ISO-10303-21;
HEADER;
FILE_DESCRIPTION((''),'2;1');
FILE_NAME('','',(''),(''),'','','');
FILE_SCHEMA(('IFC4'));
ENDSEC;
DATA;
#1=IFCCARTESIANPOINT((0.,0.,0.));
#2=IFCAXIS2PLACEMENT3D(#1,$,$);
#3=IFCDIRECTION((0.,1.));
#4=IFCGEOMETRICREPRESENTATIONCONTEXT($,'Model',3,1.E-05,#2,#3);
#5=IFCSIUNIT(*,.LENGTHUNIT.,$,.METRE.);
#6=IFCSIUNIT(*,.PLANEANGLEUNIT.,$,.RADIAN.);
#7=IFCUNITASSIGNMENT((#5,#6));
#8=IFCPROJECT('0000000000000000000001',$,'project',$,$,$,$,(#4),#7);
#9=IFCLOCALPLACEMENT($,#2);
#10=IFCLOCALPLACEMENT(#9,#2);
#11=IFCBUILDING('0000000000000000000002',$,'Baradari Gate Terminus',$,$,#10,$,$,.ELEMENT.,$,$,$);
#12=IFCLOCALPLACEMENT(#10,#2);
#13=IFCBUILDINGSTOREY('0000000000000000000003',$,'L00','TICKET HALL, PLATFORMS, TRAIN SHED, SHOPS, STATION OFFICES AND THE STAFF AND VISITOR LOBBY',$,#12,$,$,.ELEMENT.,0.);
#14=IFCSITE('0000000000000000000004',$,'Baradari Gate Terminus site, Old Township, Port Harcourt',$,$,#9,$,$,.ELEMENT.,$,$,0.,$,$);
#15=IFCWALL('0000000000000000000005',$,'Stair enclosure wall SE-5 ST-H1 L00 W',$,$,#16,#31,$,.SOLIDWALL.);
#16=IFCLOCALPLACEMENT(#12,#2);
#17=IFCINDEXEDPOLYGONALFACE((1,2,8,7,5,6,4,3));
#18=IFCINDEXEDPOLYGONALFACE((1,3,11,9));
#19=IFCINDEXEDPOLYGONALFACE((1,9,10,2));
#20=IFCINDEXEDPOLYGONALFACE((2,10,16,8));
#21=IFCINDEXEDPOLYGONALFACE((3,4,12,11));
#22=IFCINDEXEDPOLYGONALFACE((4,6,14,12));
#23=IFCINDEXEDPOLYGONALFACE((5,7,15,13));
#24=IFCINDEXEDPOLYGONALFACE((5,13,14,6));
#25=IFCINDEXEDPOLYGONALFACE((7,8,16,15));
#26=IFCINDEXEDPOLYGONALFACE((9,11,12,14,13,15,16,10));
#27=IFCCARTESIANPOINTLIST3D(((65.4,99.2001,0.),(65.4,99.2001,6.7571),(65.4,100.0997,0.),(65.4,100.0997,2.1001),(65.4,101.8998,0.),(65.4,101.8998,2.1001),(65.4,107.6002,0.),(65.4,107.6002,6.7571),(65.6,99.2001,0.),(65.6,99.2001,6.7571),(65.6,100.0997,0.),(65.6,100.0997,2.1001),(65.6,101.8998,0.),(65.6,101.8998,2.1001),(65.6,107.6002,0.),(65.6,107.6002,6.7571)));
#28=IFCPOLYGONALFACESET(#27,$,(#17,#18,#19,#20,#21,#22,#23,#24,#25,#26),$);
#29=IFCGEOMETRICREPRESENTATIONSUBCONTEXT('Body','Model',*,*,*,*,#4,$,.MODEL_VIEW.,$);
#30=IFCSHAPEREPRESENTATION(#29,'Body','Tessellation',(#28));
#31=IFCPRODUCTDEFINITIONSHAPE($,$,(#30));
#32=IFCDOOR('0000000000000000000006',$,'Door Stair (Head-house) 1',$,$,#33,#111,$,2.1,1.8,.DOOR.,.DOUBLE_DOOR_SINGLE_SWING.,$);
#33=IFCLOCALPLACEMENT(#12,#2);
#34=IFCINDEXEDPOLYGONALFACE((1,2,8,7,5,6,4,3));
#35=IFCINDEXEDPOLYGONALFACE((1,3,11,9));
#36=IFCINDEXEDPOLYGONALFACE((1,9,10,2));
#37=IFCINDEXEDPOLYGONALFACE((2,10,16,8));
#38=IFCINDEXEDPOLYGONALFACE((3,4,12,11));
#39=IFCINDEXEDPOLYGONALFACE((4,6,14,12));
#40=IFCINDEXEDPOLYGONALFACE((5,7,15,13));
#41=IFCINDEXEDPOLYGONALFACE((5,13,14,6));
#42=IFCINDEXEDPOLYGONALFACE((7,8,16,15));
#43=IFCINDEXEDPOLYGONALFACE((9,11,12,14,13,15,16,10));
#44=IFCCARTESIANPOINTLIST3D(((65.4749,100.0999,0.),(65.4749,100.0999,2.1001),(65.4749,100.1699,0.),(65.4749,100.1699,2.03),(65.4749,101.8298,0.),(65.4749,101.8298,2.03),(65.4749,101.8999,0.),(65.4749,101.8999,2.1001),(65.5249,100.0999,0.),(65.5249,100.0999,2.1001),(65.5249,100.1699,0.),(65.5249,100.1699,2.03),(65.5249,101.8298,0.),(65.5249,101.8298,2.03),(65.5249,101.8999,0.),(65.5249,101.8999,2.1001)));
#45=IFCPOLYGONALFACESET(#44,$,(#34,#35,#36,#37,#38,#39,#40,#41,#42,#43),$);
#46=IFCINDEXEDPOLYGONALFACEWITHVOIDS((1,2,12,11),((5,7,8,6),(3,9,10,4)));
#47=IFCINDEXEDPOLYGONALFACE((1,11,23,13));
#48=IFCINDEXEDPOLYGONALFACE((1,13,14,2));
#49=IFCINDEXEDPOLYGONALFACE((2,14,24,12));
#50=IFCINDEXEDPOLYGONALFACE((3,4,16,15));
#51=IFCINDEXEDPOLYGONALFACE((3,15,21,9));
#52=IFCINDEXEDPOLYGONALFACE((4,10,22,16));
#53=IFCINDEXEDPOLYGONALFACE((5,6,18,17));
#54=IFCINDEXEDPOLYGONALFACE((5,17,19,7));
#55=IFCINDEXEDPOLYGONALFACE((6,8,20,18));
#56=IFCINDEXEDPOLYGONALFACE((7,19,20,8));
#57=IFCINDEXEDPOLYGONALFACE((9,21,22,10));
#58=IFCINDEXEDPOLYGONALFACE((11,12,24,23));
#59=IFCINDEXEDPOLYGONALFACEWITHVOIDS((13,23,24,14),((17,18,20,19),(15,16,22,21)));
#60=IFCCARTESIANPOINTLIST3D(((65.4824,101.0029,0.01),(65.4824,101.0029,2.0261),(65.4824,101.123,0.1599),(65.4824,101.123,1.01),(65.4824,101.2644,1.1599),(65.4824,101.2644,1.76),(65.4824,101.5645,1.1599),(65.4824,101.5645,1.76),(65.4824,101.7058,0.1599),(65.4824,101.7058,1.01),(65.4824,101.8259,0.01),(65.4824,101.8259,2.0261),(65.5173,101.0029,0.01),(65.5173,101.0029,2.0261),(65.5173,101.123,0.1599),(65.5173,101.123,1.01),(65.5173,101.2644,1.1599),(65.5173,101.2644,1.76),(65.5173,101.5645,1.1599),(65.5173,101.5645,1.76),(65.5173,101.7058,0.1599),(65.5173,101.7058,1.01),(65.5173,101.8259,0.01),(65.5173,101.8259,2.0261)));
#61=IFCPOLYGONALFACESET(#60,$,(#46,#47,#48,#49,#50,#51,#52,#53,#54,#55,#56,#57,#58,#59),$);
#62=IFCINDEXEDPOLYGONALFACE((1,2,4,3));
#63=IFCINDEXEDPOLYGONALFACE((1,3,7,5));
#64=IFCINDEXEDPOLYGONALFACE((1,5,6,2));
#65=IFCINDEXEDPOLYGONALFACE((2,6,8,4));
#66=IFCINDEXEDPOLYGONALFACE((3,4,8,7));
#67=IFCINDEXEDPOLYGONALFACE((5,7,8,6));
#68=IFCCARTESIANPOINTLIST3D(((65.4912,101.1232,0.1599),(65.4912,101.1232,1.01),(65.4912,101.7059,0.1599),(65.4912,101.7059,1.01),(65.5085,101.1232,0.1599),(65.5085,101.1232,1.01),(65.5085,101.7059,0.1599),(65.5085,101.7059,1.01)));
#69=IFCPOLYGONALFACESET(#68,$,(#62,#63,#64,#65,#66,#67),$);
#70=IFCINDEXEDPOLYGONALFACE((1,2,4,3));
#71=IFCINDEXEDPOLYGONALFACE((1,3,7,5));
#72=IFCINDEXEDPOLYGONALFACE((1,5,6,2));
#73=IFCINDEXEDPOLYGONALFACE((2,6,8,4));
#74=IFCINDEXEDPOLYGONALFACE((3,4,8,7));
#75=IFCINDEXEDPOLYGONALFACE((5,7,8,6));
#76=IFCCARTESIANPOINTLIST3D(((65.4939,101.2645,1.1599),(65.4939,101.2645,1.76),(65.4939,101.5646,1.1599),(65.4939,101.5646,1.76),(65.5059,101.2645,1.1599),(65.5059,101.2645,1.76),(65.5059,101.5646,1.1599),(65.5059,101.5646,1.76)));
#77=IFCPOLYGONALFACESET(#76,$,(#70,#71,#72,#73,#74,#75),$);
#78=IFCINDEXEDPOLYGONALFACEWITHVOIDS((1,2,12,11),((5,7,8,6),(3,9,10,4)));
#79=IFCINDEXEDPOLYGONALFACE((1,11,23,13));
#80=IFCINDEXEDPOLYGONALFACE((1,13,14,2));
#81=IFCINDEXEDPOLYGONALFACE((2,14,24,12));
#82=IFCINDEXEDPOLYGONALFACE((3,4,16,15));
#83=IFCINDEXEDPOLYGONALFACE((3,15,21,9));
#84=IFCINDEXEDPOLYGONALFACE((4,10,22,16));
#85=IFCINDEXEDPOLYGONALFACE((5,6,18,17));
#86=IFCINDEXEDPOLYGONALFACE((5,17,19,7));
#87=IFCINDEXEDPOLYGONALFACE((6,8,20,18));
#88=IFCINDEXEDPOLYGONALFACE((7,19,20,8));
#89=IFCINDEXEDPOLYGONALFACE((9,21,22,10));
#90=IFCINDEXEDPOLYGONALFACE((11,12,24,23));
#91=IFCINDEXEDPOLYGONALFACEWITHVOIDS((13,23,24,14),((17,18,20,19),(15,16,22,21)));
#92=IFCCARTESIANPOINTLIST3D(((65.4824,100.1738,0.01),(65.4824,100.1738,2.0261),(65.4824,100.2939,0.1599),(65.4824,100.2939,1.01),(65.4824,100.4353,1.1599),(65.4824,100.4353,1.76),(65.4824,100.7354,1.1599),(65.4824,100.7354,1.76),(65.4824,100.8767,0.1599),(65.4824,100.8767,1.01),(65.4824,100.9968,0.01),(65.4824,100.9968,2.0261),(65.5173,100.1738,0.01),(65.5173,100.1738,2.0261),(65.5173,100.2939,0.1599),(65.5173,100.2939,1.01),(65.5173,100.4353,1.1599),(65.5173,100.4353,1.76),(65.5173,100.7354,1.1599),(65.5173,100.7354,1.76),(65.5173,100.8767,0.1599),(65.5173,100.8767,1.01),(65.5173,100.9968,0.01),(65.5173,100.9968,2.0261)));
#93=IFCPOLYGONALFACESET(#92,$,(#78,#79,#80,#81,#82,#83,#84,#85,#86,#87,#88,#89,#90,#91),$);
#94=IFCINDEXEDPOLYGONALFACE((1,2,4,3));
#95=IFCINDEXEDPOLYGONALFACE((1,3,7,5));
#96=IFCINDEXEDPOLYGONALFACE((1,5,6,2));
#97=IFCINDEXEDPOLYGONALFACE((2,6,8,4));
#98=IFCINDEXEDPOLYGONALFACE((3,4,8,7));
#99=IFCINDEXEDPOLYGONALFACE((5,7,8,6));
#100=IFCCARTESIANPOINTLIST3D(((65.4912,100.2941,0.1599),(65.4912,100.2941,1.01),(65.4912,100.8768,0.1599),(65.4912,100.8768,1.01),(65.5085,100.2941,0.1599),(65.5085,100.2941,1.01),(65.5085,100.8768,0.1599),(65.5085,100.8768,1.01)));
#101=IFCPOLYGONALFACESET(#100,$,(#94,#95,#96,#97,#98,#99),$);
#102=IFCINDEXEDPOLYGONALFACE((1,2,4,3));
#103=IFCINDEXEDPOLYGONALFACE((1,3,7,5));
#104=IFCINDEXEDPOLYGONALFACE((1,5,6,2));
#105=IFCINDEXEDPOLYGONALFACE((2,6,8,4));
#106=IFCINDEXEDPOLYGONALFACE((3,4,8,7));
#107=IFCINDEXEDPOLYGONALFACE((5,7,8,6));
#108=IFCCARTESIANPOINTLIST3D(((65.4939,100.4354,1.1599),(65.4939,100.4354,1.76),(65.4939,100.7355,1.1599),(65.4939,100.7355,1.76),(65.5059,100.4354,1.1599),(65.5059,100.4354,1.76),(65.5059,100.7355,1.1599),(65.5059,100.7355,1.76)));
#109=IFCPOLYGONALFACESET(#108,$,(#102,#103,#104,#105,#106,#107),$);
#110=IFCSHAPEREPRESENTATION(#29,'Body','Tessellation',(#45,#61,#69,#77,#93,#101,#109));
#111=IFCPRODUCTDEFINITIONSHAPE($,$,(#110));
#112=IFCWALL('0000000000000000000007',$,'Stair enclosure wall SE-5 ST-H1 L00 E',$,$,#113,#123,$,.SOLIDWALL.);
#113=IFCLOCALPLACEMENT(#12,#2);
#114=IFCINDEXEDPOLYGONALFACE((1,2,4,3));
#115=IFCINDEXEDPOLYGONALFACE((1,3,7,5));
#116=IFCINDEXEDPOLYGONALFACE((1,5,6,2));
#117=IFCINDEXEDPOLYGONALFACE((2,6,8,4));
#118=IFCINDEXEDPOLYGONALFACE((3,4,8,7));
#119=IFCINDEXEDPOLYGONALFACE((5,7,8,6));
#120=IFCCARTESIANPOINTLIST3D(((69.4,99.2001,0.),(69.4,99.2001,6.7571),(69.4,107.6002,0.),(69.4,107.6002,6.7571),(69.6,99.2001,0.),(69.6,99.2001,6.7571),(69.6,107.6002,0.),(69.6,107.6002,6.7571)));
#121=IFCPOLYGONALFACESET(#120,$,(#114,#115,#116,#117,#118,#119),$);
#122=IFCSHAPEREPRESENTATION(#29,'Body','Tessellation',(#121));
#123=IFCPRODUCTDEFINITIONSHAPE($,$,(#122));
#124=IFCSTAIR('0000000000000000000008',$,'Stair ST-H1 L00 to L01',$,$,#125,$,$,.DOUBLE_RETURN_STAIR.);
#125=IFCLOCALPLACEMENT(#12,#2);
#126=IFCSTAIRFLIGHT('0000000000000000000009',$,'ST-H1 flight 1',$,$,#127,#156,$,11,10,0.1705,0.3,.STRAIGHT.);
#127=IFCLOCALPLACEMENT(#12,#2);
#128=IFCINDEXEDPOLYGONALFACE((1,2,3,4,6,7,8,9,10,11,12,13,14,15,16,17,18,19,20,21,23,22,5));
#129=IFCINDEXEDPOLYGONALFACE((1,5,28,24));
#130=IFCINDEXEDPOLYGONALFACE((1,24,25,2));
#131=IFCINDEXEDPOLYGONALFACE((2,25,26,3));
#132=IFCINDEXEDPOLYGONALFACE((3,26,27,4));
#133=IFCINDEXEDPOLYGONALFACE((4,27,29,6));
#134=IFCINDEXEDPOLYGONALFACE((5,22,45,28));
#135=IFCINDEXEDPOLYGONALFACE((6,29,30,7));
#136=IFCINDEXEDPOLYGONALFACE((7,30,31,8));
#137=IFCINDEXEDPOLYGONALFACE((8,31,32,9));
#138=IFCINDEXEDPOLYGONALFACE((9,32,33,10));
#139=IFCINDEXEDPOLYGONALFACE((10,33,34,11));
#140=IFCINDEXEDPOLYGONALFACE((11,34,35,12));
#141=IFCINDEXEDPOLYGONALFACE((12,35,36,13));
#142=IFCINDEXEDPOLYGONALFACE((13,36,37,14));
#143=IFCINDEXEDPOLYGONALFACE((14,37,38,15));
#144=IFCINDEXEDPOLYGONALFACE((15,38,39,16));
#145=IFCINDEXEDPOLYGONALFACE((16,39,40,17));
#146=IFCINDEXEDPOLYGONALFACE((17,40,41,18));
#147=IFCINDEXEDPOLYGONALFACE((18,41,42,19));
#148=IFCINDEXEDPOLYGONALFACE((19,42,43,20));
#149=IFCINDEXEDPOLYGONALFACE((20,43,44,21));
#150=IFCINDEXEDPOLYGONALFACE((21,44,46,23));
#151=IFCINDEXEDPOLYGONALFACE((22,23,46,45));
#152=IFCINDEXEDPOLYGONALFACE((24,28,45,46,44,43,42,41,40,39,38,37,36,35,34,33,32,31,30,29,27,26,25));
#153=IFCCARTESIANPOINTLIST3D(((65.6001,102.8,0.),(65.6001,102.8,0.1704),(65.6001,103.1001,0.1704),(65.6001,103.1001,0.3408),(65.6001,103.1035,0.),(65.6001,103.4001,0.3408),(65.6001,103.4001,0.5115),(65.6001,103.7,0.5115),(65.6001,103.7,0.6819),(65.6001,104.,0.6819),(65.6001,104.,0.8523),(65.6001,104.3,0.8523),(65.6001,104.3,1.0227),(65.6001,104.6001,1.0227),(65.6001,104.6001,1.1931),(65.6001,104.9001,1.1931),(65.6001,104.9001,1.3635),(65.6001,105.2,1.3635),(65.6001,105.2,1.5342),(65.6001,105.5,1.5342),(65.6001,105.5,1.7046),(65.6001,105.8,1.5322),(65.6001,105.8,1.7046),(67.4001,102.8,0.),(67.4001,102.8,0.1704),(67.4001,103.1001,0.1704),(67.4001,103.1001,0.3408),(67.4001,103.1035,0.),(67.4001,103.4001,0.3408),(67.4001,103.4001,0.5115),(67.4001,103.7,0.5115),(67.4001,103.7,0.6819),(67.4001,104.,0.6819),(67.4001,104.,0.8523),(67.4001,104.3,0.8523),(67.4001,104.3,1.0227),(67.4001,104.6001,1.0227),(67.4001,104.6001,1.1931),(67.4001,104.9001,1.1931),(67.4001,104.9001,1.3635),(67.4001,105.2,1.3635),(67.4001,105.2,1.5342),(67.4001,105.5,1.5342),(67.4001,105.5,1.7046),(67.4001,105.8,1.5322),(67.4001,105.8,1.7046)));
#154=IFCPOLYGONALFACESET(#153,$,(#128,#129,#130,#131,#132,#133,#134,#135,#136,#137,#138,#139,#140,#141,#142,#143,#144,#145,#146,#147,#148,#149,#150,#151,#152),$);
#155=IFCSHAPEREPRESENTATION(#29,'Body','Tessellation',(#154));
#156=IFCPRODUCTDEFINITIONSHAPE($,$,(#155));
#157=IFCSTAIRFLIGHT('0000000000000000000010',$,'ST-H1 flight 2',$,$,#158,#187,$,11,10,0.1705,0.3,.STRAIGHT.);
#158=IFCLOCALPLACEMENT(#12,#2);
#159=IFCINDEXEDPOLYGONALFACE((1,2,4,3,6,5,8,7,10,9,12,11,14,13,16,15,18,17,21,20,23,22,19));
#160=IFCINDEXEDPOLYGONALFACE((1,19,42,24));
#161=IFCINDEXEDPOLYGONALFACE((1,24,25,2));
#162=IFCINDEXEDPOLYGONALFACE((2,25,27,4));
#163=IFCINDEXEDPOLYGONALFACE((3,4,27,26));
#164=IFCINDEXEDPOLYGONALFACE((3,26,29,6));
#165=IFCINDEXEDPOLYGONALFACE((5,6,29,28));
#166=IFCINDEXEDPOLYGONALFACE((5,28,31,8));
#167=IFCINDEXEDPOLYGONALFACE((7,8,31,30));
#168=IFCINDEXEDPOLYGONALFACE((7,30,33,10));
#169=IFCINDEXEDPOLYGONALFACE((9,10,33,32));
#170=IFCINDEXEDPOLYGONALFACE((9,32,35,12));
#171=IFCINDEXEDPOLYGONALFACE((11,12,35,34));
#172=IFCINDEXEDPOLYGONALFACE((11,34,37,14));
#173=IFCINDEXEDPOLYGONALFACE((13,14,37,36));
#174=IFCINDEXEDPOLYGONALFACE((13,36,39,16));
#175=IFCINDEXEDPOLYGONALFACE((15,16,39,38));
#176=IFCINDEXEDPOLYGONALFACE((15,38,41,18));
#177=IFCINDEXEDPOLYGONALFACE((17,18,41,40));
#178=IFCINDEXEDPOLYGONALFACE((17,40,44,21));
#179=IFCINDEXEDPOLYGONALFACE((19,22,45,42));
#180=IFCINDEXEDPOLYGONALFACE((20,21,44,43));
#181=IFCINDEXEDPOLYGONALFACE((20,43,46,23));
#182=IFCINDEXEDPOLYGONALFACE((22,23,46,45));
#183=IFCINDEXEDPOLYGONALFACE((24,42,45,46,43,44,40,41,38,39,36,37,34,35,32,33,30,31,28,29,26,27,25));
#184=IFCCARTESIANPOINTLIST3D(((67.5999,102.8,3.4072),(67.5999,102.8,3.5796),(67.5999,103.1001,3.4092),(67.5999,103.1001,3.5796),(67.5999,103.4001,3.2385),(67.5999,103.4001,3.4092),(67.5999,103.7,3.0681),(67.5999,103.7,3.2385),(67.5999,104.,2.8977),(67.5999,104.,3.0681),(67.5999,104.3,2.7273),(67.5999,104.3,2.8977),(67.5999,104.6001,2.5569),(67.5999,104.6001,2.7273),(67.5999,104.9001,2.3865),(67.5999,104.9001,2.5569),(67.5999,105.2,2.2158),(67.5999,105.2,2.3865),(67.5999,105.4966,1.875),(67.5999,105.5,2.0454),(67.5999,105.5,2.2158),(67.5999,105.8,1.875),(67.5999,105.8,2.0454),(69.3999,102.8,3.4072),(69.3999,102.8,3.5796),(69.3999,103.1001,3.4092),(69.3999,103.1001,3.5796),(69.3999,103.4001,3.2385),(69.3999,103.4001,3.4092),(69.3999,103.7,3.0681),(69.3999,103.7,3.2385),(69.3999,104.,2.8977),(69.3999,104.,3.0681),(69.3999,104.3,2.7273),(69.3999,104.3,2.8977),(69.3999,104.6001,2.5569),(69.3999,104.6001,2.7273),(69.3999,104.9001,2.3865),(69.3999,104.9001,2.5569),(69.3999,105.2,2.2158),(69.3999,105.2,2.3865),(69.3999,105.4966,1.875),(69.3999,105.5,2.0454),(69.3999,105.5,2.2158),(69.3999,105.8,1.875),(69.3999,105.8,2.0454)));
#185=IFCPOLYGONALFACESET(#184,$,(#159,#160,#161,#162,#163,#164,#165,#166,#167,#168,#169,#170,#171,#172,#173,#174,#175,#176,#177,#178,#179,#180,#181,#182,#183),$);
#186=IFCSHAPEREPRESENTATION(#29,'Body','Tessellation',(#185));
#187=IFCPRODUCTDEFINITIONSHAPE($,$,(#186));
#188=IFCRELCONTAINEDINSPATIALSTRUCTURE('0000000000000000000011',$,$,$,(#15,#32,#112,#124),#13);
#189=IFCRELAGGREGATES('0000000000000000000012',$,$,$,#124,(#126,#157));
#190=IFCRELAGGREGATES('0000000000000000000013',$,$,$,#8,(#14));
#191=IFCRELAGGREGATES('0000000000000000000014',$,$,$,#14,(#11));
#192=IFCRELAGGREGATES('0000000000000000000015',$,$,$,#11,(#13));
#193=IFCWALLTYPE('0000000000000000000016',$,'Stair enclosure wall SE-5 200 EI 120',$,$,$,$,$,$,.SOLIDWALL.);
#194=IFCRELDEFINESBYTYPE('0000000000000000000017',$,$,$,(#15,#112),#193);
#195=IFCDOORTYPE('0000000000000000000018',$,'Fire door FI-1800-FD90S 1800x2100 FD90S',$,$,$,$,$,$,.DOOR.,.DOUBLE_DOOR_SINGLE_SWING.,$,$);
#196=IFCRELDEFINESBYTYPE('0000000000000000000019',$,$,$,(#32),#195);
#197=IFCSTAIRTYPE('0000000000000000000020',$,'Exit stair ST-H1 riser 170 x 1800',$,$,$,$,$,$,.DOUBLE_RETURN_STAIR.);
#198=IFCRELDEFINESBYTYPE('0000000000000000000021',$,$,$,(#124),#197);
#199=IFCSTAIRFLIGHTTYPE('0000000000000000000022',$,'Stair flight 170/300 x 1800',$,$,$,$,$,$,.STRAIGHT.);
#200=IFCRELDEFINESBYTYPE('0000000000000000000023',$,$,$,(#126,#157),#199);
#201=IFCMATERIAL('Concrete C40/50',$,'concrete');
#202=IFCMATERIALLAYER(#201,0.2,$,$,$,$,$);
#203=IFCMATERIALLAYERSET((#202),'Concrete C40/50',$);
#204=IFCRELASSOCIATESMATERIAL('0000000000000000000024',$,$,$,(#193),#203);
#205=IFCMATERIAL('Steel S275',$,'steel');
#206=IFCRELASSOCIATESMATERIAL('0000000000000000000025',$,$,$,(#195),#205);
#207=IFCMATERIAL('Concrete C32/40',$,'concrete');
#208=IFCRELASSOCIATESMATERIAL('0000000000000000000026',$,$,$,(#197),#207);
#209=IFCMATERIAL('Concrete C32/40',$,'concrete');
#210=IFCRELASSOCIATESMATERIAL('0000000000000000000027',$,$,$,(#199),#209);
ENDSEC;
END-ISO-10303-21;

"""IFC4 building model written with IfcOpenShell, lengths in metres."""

from ifc_helpers import new_model, si_unit, direction, frame, frame_2d, origin, place, context, subcontext, project, spatial, polyline, rectangle, outline, extrude, material, layer, layer_set, type_object, element, fill, aggregate, save


model = new_model("IFC4")

# Units and contexts
model_context = context("Model", 3, precision=1e-05, world=origin(), true_north=direction((0.0, 1.0)))
body_context = subcontext(model_context, "Body", "Model", "MODEL_VIEW")
ifc_project = project(units=[si_unit("LENGTHUNIT", "METRE"), si_unit("PLANEANGLEUNIT", "RADIAN")], contexts=[model_context])

# Site, building, storey
site_placement = place(None, origin())
site = spatial("IfcSite", under=ifc_project, at=site_placement, Name="Baradari Gate Terminus site, Old Township, Port Harcourt", CompositionType="ELEMENT", RefElevation=0.0)
building_placement = place(site_placement, origin())
building = spatial("IfcBuilding", under=site, at=building_placement, Name="Baradari Gate Terminus", CompositionType="ELEMENT")
storey_placement = place(building_placement, origin())
storey = spatial("IfcBuildingStorey", under=building, at=storey_placement, Name="L00", Description="TICKET HALL, PLATFORMS, TRAIN SHED, SHOPS, STATION OFFICES AND THE STAFF AND VISITOR LOBBY", CompositionType="ELEMENT", Elevation=0.0)

# Wall, opening, door
ifc_material_1 = material(Name="Concrete C40/50", Category="concrete")
ifc_layer_1 = layer(ifc_material_1, 0.2)
ifc_layer_set_1 = layer_set([ifc_layer_1], Name="Concrete C40/50")
wall_type_1 = type_object("IfcWallType", Name="Stair enclosure wall SE-5 200 EI 120", PredefinedType="SOLIDWALL", material=ifc_layer_set_1)
ifc_material_2 = material(Name="Steel S275", Category="steel")
door_type_1 = type_object("IfcDoorType", Name="Fire door FI-1800-FD90S 1800x2100 FD90S", OperationType="DOUBLE_DOOR_SINGLE_SWING", PredefinedType="DOOR", material=ifc_material_2)
wall_1_placement = place(storey_placement, frame((65.5, 99.2, 0.0), z_axis=(0.0, 0.0, 1.0), x_axis=(0.0, 1.0, 0.0)))
wall_1 = element("IfcWall", 1, at=wall_1_placement, inside=storey, type_object=wall_type_1, Name="Stair enclosure wall SE-5 ST-H1 L00 W", PredefinedType="SOLIDWALL", context=body_context, shape_type="SweptSolid", body=[
    extrude(rectangle(XDim=8.4001, YDim=0.2, at=frame_2d((4.2002, 0.0))), origin(), (0.0, 0.0, 1.0), 6.7571),
])
opening_1_placement = place(wall_1_placement, frame((0.8999, 0.0, 0.0)))
opening_1 = element("IfcOpeningElement", 2, at=opening_1_placement, cuts=wall_1, PredefinedType="OPENING", context=body_context, shape_type="SweptSolid", body=[
    extrude(rectangle(XDim=1.8, YDim=2.1001, at=frame_2d((0.8999, 1.05))), frame((0.0, 0.1099, 0.0), z_axis=(0.0, -1.0, 0.0), x_axis=(1.0, 0.0, 0.0)), (0.0, 0.0, 1.0), 0.22),
])
door_1_placement = place(opening_1_placement, frame((1.8, 0.0, 0.0), z_axis=(0.0, 0.0, 1.0), x_axis=(-1.0, 0.0, 0.0)))
door_1 = element("IfcDoor", 3, at=door_1_placement, inside=storey, type_object=door_type_1, Name="Door Stair (Head-house) 1", OperationType="DOUBLE_DOOR_SINGLE_SWING", OverallHeight=2.1, OverallWidth=1.8, PredefinedType="DOOR", context=body_context, shape_type="SweptSolid", body=[
    extrude(outline(polyline([(0.0, 0.0), (0.0701, 0.0), (0.0701, 2.03), (1.73, 2.03), (1.73, 0.0), (1.8, 0.0), (1.8, 2.1001), (0.0, 2.1001), (0.0, 0.0)])), frame((0.0, 0.0249, 0.0), z_axis=(0.0, -1.0, 0.0), x_axis=(1.0, 0.0, 0.0)), (0.0, 0.0, 1.0), 0.05),
    extrude(outline(polyline([(0.074, 0.01), (0.897, 0.01), (0.897, 2.0261), (0.074, 2.0261), (0.074, 0.01)]), holes=[polyline([(0.1941, 0.1599), (0.7769, 0.1599), (0.7769, 1.01), (0.1941, 1.01), (0.1941, 0.1599)]), polyline([(0.3354, 1.1599), (0.6355, 1.1599), (0.6355, 1.76), (0.3354, 1.76), (0.3354, 1.1599)])]), frame((0.0, 0.0173, 0.0), z_axis=(0.0, -1.0, 0.0), x_axis=(1.0, 0.0, 0.0)), (0.0, 0.0, 1.0), 0.0349),
    extrude(rectangle(XDim=0.5828, YDim=0.8501, at=frame_2d((0.4854, 0.585))), frame((0.0, 0.0085, 0.0), z_axis=(0.0, -1.0, 0.0), x_axis=(1.0, 0.0, 0.0)), (0.0, 0.0, 1.0), 0.0173),
    extrude(rectangle(XDim=0.3, YDim=0.6001, at=frame_2d((0.4854, 1.46))), frame((0.0, 0.0059, 0.0), z_axis=(0.0, -1.0, 0.0), x_axis=(1.0, 0.0, 0.0)), (0.0, 0.0, 1.0), 0.012),
    extrude(outline(polyline([(0.9031, 0.01), (1.7261, 0.01), (1.7261, 2.0261), (0.9031, 2.0261), (0.9031, 0.01)]), holes=[polyline([(1.0232, 0.1599), (1.606, 0.1599), (1.606, 1.01), (1.0232, 1.01), (1.0232, 0.1599)]), polyline([(1.1646, 1.1599), (1.4646, 1.1599), (1.4646, 1.76), (1.1646, 1.76), (1.1646, 1.1599)])]), frame((0.0, 0.0173, 0.0), z_axis=(0.0, -1.0, 0.0), x_axis=(1.0, 0.0, 0.0)), (0.0, 0.0, 1.0), 0.0349),
    extrude(rectangle(XDim=0.5828, YDim=0.8501, at=frame_2d((1.3145, 0.585))), frame((0.0, 0.0085, 0.0), z_axis=(0.0, -1.0, 0.0), x_axis=(1.0, 0.0, 0.0)), (0.0, 0.0, 1.0), 0.0173),
    extrude(rectangle(XDim=0.3, YDim=0.6001, at=frame_2d((1.3145, 1.46))), frame((0.0, 0.0059, 0.0), z_axis=(0.0, -1.0, 0.0), x_axis=(1.0, 0.0, 0.0)), (0.0, 0.0, 1.0), 0.012),
])
fill(opening_1, door_1)

# Wall
wall_2_placement = place(storey_placement, frame((69.5, 99.2, 0.0), z_axis=(0.0, 0.0, 1.0), x_axis=(0.0, 1.0, 0.0)))
element("IfcWall", 4, at=wall_2_placement, inside=storey, type_object=wall_type_1, Name="Stair enclosure wall SE-5 ST-H1 L00 E", PredefinedType="SOLIDWALL", context=body_context, shape_type="SweptSolid", body=[
    extrude(rectangle(XDim=8.4001, YDim=0.2, at=frame_2d((4.2002, 0.0))), origin(), (0.0, 0.0, 1.0), 6.7571),
])

# Stair, stair flights
ifc_material_3 = material(Name="Concrete C32/40", Category="concrete")
stair_type = type_object("IfcStairType", Name="Exit stair ST-H1 riser 170 x 1800", PredefinedType="DOUBLE_RETURN_STAIR", material=ifc_material_3)
stair_placement = place(storey_placement, origin())
stair = element("IfcStair", 5, at=stair_placement, inside=storey, type_object=stair_type, Name="Stair ST-H1 L00 to L01", PredefinedType="DOUBLE_RETURN_STAIR")
ifc_material_4 = material(Name="Concrete C32/40", Category="concrete")
stair_flight_type = type_object("IfcStairFlightType", Name="Stair flight 170/300 x 1800", PredefinedType="STRAIGHT", material=ifc_material_4)
stair_flight_1_placement = place(storey_placement, frame((66.5, 102.8, 0.0), z_axis=(0.0, 0.0, 1.0), x_axis=(0.0, 1.0, 0.0)))
stair_flight_1 = element("IfcStairFlight", 6, at=stair_flight_1_placement, type_object=stair_flight_type, Name="ST-H1 flight 1", NumberOfRisers=11, NumberOfTreads=10, PredefinedType="STRAIGHT", RiserHeight=0.1705, TreadLength=0.3, context=body_context, shape_type="SweptSolid", body=[
    extrude(outline(polyline([(0.0, 0.0), (0.0, 0.1704), (0.3, 0.1704), (0.3, 0.3408), (0.6001, 0.3408), (0.6001, 0.5115), (0.8999, 0.5115), (0.8999, 0.6819), (1.2, 0.6819), (1.2, 0.8523), (1.5, 0.8523), (1.5, 1.0227), (1.8, 1.0227), (1.8, 1.1931), (2.1001, 1.1931), (2.1001, 1.3635), (2.3999, 1.3635), (2.3999, 1.5342), (2.7, 1.5342), (2.7, 1.7046), (3.0, 1.7046), (3.0, 1.875), (3.0, 1.5322), (0.3035, 0.0), (0.0, 0.0)])), frame((0.0, 0.8999, 0.0), z_axis=(0.0, -1.0, 0.0), x_axis=(1.0, 0.0, 0.0)), (0.0, 0.0, 1.0), 1.8),
])
stair_flight_2_placement = place(storey_placement, frame((68.5, 105.8, 1.875), z_axis=(0.0, 0.0, 1.0), x_axis=(0.0, -1.0, 0.0)))
stair_flight_2 = element("IfcStairFlight", 7, at=stair_flight_2_placement, type_object=stair_flight_type, Name="ST-H1 flight 2", NumberOfRisers=11, NumberOfTreads=10, PredefinedType="STRAIGHT", RiserHeight=0.1705, TreadLength=0.3, context=body_context, shape_type="SweptSolid", body=[
    extrude(outline(polyline([(0.0, 0.0), (0.0, 0.1704), (0.3, 0.1704), (0.3, 0.3408), (0.6001, 0.3408), (0.6001, 0.5115), (0.8999, 0.5115), (0.8999, 0.6819), (1.2, 0.6819), (1.2, 0.8523), (1.5, 0.8523), (1.5, 1.0227), (1.8, 1.0227), (1.8, 1.1931), (2.1001, 1.1931), (2.1001, 1.3635), (2.3999, 1.3635), (2.3999, 1.5342), (2.7, 1.5342), (2.7, 1.7046), (3.0, 1.7046), (3.0, 1.875), (3.0, 1.5322), (0.3035, 0.0), (0.0, 0.0)])), frame((0.0, 0.8999, 0.0), z_axis=(0.0, -1.0, 0.0), x_axis=(1.0, 0.0, 0.0)), (0.0, 0.0, 1.0), 1.8),
])
aggregate(stair, [stair_flight_1, stair_flight_2])

save(model, "model.ifc")
